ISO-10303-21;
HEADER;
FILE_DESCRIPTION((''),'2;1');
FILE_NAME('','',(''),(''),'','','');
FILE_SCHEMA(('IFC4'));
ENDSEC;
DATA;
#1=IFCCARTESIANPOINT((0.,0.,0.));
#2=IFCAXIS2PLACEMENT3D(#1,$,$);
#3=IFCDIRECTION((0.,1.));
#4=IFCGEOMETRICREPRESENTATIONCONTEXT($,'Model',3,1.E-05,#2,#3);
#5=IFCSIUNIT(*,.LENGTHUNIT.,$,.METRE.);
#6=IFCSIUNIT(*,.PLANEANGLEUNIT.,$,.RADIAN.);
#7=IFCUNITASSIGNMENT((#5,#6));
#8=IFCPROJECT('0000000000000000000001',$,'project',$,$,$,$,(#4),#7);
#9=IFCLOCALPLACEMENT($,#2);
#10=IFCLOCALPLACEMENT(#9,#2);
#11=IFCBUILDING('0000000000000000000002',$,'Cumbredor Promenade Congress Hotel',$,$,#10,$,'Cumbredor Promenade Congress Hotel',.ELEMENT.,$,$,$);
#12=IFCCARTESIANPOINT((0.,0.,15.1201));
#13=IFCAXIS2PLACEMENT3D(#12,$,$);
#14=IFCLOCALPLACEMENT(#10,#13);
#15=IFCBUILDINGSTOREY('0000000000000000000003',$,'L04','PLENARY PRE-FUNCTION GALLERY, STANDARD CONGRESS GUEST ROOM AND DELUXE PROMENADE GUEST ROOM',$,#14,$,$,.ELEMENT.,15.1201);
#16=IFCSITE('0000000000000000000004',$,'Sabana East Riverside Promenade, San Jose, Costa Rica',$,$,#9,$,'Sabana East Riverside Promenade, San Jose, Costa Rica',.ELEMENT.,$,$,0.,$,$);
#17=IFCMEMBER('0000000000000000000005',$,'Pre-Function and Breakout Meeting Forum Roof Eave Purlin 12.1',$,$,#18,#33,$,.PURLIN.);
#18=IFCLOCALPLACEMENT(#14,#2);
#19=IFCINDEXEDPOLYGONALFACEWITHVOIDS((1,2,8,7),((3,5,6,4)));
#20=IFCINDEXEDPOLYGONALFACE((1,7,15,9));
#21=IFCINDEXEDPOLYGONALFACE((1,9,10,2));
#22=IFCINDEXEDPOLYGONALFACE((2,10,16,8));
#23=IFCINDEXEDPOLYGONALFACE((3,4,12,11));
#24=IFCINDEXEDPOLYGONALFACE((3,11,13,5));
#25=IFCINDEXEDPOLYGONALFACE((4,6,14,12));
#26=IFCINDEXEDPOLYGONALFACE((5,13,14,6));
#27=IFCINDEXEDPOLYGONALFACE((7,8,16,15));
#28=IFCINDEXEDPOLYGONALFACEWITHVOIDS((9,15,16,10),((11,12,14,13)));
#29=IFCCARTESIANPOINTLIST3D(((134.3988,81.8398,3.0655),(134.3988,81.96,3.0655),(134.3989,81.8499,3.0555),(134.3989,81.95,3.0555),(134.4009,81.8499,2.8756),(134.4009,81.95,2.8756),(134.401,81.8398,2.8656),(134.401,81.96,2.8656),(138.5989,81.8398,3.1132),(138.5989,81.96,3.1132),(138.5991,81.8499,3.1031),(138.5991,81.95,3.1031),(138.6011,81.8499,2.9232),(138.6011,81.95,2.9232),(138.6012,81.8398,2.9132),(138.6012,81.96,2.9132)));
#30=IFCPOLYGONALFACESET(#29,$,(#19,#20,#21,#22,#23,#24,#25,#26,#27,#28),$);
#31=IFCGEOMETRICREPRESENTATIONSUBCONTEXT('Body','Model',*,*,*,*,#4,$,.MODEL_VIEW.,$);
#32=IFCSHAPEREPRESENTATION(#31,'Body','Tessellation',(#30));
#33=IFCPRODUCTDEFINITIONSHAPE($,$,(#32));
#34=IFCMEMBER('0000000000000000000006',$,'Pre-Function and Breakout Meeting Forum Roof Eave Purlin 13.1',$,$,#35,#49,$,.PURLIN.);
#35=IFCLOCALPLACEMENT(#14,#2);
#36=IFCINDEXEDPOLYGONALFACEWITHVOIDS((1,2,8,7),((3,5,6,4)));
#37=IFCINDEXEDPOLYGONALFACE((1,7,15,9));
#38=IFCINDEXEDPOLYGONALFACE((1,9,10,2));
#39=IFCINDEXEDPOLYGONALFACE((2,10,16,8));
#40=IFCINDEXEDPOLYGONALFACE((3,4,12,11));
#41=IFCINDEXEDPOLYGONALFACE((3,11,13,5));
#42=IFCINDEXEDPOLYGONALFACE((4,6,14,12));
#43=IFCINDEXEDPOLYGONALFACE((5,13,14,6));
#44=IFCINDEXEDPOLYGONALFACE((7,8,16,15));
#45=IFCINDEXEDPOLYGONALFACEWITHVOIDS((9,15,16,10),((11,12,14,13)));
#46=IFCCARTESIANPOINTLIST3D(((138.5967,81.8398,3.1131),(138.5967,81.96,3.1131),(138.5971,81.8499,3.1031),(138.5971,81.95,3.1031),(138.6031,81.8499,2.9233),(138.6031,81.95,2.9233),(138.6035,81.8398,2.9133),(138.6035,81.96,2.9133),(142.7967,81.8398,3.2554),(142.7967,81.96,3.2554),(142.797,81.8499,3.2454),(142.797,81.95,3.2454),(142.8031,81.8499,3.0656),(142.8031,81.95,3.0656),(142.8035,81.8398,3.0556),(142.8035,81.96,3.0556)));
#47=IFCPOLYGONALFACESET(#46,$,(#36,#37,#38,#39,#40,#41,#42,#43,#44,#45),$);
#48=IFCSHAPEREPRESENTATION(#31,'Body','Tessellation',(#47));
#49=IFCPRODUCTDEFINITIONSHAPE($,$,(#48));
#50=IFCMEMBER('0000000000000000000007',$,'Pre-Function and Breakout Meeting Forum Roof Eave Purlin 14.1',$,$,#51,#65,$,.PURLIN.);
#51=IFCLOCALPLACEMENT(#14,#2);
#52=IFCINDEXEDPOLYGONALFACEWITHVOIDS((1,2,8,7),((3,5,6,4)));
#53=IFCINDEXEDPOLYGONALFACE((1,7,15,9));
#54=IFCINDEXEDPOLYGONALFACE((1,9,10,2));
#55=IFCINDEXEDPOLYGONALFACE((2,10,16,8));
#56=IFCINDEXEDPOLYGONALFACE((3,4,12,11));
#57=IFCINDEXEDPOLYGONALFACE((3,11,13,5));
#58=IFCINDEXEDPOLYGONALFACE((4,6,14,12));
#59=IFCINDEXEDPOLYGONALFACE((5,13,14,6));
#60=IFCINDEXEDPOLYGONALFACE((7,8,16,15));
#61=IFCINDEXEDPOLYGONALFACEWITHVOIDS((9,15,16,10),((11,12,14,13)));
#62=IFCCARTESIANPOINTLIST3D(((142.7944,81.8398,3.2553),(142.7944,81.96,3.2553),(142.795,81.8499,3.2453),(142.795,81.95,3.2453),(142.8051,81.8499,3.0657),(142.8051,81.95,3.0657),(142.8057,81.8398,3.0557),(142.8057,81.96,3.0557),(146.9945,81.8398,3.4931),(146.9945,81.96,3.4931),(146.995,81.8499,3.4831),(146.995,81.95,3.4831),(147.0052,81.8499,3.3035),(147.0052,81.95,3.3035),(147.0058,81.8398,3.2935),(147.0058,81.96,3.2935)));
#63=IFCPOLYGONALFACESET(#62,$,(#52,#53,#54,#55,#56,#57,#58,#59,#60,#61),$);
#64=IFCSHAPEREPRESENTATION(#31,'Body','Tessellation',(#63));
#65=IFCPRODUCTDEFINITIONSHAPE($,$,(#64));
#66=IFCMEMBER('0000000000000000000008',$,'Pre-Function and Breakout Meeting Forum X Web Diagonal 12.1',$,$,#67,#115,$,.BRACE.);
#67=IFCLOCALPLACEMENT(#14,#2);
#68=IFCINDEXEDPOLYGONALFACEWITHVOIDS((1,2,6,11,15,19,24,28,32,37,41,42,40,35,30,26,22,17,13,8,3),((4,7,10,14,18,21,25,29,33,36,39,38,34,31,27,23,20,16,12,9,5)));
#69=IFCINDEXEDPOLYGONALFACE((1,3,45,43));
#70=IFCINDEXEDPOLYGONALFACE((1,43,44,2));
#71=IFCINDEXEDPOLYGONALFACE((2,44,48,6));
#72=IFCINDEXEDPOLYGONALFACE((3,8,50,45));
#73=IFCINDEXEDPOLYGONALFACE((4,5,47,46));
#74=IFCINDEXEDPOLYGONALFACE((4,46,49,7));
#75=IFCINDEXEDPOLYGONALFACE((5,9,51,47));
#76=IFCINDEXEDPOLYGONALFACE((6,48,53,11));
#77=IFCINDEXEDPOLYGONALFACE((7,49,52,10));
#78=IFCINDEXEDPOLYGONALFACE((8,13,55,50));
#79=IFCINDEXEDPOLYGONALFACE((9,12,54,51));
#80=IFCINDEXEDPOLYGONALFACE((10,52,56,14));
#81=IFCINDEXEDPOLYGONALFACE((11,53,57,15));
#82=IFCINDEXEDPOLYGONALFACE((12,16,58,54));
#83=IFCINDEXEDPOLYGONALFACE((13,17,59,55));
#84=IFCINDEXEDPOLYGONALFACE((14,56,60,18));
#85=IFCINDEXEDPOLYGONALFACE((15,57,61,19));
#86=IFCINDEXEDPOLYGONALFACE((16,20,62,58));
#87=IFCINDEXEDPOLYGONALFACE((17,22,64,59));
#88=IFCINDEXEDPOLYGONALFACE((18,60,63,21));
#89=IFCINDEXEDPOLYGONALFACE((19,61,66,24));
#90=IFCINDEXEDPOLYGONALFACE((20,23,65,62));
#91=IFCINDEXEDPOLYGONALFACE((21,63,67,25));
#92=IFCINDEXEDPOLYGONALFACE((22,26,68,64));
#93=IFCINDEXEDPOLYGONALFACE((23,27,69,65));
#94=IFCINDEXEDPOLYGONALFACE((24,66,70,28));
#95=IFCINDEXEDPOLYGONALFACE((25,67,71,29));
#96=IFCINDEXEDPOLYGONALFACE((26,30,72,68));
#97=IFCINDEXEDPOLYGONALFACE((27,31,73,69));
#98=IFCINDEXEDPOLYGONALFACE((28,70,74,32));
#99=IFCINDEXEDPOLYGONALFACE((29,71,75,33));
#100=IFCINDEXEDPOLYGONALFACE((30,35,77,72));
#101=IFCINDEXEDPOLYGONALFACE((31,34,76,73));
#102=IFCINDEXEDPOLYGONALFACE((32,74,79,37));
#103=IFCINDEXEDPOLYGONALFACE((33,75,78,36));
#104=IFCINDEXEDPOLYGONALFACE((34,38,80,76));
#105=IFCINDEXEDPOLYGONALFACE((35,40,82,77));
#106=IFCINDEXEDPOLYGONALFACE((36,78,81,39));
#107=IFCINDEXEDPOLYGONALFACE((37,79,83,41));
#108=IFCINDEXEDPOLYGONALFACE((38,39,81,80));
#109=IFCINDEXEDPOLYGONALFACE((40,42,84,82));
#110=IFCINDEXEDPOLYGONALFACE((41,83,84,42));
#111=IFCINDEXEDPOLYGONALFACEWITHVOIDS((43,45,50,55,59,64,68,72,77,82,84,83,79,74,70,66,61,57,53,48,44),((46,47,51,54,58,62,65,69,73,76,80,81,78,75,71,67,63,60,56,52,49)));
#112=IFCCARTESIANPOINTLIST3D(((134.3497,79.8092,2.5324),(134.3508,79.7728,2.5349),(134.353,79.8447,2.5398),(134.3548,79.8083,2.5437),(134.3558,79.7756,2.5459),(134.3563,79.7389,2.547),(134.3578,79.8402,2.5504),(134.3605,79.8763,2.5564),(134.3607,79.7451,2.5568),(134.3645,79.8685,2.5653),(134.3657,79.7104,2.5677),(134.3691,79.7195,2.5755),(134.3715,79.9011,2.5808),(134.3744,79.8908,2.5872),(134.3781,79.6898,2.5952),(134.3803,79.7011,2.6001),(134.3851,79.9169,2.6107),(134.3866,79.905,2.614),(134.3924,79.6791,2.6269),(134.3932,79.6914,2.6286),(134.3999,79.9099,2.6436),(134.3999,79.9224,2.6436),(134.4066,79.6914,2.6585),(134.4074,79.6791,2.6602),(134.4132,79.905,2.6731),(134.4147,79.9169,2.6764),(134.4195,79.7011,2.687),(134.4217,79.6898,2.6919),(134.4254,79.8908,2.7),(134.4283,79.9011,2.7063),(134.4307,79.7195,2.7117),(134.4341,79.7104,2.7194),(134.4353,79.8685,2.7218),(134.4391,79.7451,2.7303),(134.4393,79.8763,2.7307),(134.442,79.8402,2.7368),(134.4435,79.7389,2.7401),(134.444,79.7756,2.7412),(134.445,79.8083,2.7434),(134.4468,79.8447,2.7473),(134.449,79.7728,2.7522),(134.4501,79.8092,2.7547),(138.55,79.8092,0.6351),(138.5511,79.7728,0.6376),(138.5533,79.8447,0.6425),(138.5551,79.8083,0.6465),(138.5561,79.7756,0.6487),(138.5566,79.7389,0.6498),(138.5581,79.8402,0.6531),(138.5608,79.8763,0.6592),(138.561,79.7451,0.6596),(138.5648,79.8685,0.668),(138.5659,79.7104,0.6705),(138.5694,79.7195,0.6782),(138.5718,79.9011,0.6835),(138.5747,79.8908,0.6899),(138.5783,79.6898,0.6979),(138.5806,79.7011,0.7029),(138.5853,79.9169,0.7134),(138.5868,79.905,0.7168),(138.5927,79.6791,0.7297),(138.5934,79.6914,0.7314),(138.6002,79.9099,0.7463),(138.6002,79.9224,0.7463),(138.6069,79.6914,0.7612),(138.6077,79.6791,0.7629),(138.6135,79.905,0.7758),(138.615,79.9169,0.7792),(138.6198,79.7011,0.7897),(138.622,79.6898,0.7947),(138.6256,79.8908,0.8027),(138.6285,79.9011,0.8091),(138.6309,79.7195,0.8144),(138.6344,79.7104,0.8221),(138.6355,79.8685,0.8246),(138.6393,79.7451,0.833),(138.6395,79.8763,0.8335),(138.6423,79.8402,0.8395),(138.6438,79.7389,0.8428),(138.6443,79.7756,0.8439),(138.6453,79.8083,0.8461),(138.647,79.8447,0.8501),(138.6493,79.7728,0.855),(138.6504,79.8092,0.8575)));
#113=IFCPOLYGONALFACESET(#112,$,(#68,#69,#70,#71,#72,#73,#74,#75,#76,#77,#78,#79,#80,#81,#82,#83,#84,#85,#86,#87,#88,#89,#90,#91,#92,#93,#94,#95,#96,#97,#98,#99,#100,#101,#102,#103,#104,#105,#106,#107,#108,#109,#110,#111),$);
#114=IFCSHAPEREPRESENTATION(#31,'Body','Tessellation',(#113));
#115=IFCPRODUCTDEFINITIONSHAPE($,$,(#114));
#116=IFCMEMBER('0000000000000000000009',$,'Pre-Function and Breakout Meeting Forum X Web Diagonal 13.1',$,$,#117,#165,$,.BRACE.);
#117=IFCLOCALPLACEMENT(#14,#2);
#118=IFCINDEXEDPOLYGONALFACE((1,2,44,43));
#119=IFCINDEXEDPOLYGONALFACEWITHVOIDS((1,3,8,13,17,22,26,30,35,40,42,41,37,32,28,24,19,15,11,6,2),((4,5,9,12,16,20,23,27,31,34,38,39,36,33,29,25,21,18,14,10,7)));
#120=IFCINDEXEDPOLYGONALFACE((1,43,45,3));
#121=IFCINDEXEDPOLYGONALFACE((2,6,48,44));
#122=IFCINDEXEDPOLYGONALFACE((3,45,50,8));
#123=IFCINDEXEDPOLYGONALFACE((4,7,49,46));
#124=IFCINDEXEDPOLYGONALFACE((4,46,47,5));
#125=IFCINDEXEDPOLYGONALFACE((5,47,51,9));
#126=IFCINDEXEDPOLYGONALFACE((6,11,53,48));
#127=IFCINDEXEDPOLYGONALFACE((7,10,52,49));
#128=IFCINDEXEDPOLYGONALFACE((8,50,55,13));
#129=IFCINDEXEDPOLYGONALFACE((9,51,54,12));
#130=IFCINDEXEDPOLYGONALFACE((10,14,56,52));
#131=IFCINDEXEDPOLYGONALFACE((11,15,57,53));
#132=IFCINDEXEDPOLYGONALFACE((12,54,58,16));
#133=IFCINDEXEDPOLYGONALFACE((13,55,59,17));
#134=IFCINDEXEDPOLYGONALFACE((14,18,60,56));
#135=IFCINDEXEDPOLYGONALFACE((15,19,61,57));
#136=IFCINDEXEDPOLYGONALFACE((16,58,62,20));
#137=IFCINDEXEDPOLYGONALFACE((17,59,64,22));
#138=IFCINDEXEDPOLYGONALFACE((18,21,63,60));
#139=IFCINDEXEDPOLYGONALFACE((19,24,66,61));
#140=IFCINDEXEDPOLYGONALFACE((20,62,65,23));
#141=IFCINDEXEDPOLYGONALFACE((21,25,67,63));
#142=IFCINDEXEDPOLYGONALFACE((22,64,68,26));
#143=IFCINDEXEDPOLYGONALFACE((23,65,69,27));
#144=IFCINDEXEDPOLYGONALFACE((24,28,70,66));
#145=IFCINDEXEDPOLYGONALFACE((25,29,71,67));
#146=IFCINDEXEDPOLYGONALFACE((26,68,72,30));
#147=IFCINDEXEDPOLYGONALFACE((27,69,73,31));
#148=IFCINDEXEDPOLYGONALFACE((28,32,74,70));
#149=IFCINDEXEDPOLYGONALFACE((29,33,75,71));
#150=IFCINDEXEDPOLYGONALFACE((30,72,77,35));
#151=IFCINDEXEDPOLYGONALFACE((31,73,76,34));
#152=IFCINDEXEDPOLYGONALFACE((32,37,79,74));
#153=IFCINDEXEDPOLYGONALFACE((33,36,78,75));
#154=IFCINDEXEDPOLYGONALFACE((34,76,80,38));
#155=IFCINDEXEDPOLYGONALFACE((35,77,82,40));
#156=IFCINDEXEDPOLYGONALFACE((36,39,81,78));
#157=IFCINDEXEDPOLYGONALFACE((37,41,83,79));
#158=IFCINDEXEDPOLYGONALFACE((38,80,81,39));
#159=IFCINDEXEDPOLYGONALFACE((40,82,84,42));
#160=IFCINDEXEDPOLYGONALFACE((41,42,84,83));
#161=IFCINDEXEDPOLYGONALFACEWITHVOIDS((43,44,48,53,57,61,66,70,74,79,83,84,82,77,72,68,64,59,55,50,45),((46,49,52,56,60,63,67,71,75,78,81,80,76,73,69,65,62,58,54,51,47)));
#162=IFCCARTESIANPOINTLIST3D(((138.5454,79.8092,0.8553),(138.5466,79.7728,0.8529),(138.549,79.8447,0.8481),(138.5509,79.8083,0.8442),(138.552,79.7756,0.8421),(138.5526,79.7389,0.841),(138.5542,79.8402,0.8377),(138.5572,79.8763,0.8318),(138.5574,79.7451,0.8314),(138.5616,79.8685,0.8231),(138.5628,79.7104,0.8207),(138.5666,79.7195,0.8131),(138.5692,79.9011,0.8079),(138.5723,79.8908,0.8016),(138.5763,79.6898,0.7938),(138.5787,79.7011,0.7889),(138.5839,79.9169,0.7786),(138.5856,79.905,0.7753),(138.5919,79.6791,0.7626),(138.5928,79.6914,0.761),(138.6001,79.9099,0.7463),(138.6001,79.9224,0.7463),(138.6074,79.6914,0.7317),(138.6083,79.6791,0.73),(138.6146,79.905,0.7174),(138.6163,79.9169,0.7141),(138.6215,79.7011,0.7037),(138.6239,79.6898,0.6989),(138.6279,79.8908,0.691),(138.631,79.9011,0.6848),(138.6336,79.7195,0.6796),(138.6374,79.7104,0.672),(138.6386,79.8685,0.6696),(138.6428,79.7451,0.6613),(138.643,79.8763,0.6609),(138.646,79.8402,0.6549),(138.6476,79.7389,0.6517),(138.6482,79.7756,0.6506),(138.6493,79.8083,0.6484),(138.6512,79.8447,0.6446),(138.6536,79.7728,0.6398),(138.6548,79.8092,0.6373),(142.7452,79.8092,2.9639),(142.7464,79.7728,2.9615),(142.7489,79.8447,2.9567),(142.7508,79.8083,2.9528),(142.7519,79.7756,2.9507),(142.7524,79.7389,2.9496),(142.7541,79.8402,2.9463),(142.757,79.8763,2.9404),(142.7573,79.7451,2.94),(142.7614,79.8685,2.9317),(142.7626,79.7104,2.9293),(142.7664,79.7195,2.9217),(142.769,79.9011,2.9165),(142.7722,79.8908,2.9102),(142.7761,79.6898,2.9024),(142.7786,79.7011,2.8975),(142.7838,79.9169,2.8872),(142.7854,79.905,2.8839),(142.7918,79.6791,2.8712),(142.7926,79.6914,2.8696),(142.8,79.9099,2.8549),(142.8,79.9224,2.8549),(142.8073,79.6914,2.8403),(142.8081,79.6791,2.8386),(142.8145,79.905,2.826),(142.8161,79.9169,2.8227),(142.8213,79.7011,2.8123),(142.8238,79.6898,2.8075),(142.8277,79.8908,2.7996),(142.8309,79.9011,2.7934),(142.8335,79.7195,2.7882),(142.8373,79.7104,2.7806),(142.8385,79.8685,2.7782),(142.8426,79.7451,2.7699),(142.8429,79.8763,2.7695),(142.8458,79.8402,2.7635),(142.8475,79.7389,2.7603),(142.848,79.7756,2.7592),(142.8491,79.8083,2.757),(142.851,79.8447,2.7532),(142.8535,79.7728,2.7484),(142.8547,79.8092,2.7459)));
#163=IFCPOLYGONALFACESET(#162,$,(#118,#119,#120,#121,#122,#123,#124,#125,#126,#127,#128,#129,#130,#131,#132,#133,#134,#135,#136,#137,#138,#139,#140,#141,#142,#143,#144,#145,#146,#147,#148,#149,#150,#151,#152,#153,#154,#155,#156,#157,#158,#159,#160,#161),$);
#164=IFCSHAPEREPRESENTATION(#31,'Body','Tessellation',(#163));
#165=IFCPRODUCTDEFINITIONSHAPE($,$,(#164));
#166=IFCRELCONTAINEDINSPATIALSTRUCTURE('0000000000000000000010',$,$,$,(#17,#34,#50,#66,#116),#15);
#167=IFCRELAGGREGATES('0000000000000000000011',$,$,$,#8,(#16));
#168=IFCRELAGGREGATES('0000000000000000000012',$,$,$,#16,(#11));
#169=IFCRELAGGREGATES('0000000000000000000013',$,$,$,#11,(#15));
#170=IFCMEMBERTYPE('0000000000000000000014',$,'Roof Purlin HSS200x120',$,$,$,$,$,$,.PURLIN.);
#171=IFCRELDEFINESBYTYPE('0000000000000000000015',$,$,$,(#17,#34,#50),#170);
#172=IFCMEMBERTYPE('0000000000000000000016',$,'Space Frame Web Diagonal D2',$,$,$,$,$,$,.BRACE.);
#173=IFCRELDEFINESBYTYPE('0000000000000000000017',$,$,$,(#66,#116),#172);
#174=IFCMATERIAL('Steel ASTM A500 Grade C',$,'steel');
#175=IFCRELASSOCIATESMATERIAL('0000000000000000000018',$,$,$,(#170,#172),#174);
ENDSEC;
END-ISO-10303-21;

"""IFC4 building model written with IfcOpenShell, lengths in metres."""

from ifc_helpers import new_model, si_unit, direction, frame, origin, origin_2d, place, context, subcontext, project, spatial, hollow_rectangle, hollow_circle, extrude, material, material_profile, profile_set, type_object, element, save


model = new_model("IFC4")

# Units and contexts
model_context = context("Model", 3, precision=1e-05, world=origin(), true_north=direction((0.0, 1.0)))
body_context = subcontext(model_context, "Body", "Model", "MODEL_VIEW")
ifc_project = project(units=[si_unit("LENGTHUNIT", "METRE"), si_unit("PLANEANGLEUNIT", "RADIAN")], contexts=[model_context])

# Site, building, storey
site_placement = place(None, origin())
site = spatial("IfcSite", under=ifc_project, at=site_placement, Name="Sabana East Riverside Promenade, San Jose, Costa Rica", LongName="Sabana East Riverside Promenade, San Jose, Costa Rica", CompositionType="ELEMENT", RefElevation=0.0)
building_placement = place(site_placement, origin())
building = spatial("IfcBuilding", under=site, at=building_placement, Name="Cumbredor Promenade Congress Hotel", LongName="Cumbredor Promenade Congress Hotel", CompositionType="ELEMENT")
storey_placement = place(building_placement, frame((0.0, 0.0, 15.1201)))
storey = spatial("IfcBuildingStorey", under=building, at=storey_placement, Name="L04", Description="PLENARY PRE-FUNCTION GALLERY, STANDARD CONGRESS GUEST ROOM AND DELUXE PROMENADE GUEST ROOM", CompositionType="ELEMENT", Elevation=15.1201)

# Members
ifc_material_1 = material(Name="Steel ASTM A500 Grade C", Category="steel")
ifc_material_profile_1 = material_profile(ifc_material_1, hollow_rectangle(XDim=0.1201, YDim=0.2, WallThickness=0.01, at=origin_2d()), Name="HSS 200x120x10")
ifc_profile_set_1 = profile_set([ifc_material_profile_1], Name="Steel ASTM A500 Grade C")
member_type_1 = type_object("IfcMemberType", Name="Roof Purlin HSS200x120", PredefinedType="PURLIN", material=ifc_profile_set_1)
member_1_placement = place(storey_placement, frame((134.3999, 81.8999, 2.9656), z_axis=(0.999936, 0.0, 0.011334), x_axis=(0.0, 1.0, 0.0)))
element("IfcMember", 1, at=member_1_placement, inside=storey, type_object=member_type_1, Name="Pre-Function and Breakout Meeting Forum Roof Eave Purlin 12.1", PredefinedType="PURLIN", context=body_context, shape_type="SweptSolid", body=[
    extrude(hollow_rectangle(XDim=0.1201, YDim=0.2, WallThickness=0.01, at=origin_2d()), origin(), (0.0, 0.0, 1.0), 4.2004),
])
member_2_placement = place(storey_placement, frame((138.6001, 81.8999, 3.0132), z_axis=(0.999426, 0.0, 0.03387), x_axis=(0.0, 1.0, 0.0)))
element("IfcMember", 2, at=member_2_placement, inside=storey, type_object=member_type_1, Name="Pre-Function and Breakout Meeting Forum Roof Eave Purlin 13.1", PredefinedType="PURLIN", context=body_context, shape_type="SweptSolid", body=[
    extrude(hollow_rectangle(XDim=0.1201, YDim=0.2, WallThickness=0.01, at=origin_2d()), origin(), (0.0, 0.0, 1.0), 4.2024),
])
member_3_placement = place(storey_placement, frame((142.8, 81.8999, 3.1555), z_axis=(0.998401, 0.0, 0.056528), x_axis=(0.0, 1.0, 0.0)))
element("IfcMember", 3, at=member_3_placement, inside=storey, type_object=member_type_1, Name="Pre-Function and Breakout Meeting Forum Roof Eave Purlin 14.1", PredefinedType="PURLIN", context=body_context, shape_type="SweptSolid", body=[
    extrude(hollow_rectangle(XDim=0.1201, YDim=0.2, WallThickness=0.01, at=origin_2d()), origin(), (0.0, 0.0, 1.0), 4.2068),
])
ifc_material_profile_2 = material_profile(ifc_material_1, hollow_circle(Radius=0.1223, WallThickness=0.0125, at=origin_2d()), Name="CHS 244.5x12.5")
ifc_profile_set_2 = profile_set([ifc_material_profile_2], Name="Steel ASTM A500 Grade C")
member_type_2 = type_object("IfcMemberType", Name="Space Frame Web Diagonal D2", PredefinedType="BRACE", material=ifc_profile_set_2)
member_4_placement = place(storey_placement, frame((134.3999, 79.8, 2.6436), z_axis=(0.911342, 0.0, -0.411651), x_axis=(0.0, 1.0, 0.0)))
element("IfcMember", 4, at=member_4_placement, inside=storey, type_object=member_type_2, Name="Pre-Function and Breakout Meeting Forum X Web Diagonal 12.1", PredefinedType="BRACE", context=body_context, shape_type="SweptSolid", body=[
    extrude(hollow_circle(Radius=0.1223, WallThickness=0.0125, at=origin_2d()), origin(), (0.0, 0.0, 1.0), 4.6089),
])
member_5_placement = place(storey_placement, frame((138.6001, 79.8, 0.7463), z_axis=(0.893688, 0.0, 0.448688), x_axis=(0.0, 1.0, 0.0)))
element("IfcMember", 5, at=member_5_placement, inside=storey, type_object=member_type_2, Name="Pre-Function and Breakout Meeting Forum X Web Diagonal 13.1", PredefinedType="BRACE", context=body_context, shape_type="SweptSolid", body=[
    extrude(hollow_circle(Radius=0.1223, WallThickness=0.0125, at=origin_2d()), origin(), (0.0, 0.0, 1.0), 4.6995),
])

save(model, "model.ifc")
